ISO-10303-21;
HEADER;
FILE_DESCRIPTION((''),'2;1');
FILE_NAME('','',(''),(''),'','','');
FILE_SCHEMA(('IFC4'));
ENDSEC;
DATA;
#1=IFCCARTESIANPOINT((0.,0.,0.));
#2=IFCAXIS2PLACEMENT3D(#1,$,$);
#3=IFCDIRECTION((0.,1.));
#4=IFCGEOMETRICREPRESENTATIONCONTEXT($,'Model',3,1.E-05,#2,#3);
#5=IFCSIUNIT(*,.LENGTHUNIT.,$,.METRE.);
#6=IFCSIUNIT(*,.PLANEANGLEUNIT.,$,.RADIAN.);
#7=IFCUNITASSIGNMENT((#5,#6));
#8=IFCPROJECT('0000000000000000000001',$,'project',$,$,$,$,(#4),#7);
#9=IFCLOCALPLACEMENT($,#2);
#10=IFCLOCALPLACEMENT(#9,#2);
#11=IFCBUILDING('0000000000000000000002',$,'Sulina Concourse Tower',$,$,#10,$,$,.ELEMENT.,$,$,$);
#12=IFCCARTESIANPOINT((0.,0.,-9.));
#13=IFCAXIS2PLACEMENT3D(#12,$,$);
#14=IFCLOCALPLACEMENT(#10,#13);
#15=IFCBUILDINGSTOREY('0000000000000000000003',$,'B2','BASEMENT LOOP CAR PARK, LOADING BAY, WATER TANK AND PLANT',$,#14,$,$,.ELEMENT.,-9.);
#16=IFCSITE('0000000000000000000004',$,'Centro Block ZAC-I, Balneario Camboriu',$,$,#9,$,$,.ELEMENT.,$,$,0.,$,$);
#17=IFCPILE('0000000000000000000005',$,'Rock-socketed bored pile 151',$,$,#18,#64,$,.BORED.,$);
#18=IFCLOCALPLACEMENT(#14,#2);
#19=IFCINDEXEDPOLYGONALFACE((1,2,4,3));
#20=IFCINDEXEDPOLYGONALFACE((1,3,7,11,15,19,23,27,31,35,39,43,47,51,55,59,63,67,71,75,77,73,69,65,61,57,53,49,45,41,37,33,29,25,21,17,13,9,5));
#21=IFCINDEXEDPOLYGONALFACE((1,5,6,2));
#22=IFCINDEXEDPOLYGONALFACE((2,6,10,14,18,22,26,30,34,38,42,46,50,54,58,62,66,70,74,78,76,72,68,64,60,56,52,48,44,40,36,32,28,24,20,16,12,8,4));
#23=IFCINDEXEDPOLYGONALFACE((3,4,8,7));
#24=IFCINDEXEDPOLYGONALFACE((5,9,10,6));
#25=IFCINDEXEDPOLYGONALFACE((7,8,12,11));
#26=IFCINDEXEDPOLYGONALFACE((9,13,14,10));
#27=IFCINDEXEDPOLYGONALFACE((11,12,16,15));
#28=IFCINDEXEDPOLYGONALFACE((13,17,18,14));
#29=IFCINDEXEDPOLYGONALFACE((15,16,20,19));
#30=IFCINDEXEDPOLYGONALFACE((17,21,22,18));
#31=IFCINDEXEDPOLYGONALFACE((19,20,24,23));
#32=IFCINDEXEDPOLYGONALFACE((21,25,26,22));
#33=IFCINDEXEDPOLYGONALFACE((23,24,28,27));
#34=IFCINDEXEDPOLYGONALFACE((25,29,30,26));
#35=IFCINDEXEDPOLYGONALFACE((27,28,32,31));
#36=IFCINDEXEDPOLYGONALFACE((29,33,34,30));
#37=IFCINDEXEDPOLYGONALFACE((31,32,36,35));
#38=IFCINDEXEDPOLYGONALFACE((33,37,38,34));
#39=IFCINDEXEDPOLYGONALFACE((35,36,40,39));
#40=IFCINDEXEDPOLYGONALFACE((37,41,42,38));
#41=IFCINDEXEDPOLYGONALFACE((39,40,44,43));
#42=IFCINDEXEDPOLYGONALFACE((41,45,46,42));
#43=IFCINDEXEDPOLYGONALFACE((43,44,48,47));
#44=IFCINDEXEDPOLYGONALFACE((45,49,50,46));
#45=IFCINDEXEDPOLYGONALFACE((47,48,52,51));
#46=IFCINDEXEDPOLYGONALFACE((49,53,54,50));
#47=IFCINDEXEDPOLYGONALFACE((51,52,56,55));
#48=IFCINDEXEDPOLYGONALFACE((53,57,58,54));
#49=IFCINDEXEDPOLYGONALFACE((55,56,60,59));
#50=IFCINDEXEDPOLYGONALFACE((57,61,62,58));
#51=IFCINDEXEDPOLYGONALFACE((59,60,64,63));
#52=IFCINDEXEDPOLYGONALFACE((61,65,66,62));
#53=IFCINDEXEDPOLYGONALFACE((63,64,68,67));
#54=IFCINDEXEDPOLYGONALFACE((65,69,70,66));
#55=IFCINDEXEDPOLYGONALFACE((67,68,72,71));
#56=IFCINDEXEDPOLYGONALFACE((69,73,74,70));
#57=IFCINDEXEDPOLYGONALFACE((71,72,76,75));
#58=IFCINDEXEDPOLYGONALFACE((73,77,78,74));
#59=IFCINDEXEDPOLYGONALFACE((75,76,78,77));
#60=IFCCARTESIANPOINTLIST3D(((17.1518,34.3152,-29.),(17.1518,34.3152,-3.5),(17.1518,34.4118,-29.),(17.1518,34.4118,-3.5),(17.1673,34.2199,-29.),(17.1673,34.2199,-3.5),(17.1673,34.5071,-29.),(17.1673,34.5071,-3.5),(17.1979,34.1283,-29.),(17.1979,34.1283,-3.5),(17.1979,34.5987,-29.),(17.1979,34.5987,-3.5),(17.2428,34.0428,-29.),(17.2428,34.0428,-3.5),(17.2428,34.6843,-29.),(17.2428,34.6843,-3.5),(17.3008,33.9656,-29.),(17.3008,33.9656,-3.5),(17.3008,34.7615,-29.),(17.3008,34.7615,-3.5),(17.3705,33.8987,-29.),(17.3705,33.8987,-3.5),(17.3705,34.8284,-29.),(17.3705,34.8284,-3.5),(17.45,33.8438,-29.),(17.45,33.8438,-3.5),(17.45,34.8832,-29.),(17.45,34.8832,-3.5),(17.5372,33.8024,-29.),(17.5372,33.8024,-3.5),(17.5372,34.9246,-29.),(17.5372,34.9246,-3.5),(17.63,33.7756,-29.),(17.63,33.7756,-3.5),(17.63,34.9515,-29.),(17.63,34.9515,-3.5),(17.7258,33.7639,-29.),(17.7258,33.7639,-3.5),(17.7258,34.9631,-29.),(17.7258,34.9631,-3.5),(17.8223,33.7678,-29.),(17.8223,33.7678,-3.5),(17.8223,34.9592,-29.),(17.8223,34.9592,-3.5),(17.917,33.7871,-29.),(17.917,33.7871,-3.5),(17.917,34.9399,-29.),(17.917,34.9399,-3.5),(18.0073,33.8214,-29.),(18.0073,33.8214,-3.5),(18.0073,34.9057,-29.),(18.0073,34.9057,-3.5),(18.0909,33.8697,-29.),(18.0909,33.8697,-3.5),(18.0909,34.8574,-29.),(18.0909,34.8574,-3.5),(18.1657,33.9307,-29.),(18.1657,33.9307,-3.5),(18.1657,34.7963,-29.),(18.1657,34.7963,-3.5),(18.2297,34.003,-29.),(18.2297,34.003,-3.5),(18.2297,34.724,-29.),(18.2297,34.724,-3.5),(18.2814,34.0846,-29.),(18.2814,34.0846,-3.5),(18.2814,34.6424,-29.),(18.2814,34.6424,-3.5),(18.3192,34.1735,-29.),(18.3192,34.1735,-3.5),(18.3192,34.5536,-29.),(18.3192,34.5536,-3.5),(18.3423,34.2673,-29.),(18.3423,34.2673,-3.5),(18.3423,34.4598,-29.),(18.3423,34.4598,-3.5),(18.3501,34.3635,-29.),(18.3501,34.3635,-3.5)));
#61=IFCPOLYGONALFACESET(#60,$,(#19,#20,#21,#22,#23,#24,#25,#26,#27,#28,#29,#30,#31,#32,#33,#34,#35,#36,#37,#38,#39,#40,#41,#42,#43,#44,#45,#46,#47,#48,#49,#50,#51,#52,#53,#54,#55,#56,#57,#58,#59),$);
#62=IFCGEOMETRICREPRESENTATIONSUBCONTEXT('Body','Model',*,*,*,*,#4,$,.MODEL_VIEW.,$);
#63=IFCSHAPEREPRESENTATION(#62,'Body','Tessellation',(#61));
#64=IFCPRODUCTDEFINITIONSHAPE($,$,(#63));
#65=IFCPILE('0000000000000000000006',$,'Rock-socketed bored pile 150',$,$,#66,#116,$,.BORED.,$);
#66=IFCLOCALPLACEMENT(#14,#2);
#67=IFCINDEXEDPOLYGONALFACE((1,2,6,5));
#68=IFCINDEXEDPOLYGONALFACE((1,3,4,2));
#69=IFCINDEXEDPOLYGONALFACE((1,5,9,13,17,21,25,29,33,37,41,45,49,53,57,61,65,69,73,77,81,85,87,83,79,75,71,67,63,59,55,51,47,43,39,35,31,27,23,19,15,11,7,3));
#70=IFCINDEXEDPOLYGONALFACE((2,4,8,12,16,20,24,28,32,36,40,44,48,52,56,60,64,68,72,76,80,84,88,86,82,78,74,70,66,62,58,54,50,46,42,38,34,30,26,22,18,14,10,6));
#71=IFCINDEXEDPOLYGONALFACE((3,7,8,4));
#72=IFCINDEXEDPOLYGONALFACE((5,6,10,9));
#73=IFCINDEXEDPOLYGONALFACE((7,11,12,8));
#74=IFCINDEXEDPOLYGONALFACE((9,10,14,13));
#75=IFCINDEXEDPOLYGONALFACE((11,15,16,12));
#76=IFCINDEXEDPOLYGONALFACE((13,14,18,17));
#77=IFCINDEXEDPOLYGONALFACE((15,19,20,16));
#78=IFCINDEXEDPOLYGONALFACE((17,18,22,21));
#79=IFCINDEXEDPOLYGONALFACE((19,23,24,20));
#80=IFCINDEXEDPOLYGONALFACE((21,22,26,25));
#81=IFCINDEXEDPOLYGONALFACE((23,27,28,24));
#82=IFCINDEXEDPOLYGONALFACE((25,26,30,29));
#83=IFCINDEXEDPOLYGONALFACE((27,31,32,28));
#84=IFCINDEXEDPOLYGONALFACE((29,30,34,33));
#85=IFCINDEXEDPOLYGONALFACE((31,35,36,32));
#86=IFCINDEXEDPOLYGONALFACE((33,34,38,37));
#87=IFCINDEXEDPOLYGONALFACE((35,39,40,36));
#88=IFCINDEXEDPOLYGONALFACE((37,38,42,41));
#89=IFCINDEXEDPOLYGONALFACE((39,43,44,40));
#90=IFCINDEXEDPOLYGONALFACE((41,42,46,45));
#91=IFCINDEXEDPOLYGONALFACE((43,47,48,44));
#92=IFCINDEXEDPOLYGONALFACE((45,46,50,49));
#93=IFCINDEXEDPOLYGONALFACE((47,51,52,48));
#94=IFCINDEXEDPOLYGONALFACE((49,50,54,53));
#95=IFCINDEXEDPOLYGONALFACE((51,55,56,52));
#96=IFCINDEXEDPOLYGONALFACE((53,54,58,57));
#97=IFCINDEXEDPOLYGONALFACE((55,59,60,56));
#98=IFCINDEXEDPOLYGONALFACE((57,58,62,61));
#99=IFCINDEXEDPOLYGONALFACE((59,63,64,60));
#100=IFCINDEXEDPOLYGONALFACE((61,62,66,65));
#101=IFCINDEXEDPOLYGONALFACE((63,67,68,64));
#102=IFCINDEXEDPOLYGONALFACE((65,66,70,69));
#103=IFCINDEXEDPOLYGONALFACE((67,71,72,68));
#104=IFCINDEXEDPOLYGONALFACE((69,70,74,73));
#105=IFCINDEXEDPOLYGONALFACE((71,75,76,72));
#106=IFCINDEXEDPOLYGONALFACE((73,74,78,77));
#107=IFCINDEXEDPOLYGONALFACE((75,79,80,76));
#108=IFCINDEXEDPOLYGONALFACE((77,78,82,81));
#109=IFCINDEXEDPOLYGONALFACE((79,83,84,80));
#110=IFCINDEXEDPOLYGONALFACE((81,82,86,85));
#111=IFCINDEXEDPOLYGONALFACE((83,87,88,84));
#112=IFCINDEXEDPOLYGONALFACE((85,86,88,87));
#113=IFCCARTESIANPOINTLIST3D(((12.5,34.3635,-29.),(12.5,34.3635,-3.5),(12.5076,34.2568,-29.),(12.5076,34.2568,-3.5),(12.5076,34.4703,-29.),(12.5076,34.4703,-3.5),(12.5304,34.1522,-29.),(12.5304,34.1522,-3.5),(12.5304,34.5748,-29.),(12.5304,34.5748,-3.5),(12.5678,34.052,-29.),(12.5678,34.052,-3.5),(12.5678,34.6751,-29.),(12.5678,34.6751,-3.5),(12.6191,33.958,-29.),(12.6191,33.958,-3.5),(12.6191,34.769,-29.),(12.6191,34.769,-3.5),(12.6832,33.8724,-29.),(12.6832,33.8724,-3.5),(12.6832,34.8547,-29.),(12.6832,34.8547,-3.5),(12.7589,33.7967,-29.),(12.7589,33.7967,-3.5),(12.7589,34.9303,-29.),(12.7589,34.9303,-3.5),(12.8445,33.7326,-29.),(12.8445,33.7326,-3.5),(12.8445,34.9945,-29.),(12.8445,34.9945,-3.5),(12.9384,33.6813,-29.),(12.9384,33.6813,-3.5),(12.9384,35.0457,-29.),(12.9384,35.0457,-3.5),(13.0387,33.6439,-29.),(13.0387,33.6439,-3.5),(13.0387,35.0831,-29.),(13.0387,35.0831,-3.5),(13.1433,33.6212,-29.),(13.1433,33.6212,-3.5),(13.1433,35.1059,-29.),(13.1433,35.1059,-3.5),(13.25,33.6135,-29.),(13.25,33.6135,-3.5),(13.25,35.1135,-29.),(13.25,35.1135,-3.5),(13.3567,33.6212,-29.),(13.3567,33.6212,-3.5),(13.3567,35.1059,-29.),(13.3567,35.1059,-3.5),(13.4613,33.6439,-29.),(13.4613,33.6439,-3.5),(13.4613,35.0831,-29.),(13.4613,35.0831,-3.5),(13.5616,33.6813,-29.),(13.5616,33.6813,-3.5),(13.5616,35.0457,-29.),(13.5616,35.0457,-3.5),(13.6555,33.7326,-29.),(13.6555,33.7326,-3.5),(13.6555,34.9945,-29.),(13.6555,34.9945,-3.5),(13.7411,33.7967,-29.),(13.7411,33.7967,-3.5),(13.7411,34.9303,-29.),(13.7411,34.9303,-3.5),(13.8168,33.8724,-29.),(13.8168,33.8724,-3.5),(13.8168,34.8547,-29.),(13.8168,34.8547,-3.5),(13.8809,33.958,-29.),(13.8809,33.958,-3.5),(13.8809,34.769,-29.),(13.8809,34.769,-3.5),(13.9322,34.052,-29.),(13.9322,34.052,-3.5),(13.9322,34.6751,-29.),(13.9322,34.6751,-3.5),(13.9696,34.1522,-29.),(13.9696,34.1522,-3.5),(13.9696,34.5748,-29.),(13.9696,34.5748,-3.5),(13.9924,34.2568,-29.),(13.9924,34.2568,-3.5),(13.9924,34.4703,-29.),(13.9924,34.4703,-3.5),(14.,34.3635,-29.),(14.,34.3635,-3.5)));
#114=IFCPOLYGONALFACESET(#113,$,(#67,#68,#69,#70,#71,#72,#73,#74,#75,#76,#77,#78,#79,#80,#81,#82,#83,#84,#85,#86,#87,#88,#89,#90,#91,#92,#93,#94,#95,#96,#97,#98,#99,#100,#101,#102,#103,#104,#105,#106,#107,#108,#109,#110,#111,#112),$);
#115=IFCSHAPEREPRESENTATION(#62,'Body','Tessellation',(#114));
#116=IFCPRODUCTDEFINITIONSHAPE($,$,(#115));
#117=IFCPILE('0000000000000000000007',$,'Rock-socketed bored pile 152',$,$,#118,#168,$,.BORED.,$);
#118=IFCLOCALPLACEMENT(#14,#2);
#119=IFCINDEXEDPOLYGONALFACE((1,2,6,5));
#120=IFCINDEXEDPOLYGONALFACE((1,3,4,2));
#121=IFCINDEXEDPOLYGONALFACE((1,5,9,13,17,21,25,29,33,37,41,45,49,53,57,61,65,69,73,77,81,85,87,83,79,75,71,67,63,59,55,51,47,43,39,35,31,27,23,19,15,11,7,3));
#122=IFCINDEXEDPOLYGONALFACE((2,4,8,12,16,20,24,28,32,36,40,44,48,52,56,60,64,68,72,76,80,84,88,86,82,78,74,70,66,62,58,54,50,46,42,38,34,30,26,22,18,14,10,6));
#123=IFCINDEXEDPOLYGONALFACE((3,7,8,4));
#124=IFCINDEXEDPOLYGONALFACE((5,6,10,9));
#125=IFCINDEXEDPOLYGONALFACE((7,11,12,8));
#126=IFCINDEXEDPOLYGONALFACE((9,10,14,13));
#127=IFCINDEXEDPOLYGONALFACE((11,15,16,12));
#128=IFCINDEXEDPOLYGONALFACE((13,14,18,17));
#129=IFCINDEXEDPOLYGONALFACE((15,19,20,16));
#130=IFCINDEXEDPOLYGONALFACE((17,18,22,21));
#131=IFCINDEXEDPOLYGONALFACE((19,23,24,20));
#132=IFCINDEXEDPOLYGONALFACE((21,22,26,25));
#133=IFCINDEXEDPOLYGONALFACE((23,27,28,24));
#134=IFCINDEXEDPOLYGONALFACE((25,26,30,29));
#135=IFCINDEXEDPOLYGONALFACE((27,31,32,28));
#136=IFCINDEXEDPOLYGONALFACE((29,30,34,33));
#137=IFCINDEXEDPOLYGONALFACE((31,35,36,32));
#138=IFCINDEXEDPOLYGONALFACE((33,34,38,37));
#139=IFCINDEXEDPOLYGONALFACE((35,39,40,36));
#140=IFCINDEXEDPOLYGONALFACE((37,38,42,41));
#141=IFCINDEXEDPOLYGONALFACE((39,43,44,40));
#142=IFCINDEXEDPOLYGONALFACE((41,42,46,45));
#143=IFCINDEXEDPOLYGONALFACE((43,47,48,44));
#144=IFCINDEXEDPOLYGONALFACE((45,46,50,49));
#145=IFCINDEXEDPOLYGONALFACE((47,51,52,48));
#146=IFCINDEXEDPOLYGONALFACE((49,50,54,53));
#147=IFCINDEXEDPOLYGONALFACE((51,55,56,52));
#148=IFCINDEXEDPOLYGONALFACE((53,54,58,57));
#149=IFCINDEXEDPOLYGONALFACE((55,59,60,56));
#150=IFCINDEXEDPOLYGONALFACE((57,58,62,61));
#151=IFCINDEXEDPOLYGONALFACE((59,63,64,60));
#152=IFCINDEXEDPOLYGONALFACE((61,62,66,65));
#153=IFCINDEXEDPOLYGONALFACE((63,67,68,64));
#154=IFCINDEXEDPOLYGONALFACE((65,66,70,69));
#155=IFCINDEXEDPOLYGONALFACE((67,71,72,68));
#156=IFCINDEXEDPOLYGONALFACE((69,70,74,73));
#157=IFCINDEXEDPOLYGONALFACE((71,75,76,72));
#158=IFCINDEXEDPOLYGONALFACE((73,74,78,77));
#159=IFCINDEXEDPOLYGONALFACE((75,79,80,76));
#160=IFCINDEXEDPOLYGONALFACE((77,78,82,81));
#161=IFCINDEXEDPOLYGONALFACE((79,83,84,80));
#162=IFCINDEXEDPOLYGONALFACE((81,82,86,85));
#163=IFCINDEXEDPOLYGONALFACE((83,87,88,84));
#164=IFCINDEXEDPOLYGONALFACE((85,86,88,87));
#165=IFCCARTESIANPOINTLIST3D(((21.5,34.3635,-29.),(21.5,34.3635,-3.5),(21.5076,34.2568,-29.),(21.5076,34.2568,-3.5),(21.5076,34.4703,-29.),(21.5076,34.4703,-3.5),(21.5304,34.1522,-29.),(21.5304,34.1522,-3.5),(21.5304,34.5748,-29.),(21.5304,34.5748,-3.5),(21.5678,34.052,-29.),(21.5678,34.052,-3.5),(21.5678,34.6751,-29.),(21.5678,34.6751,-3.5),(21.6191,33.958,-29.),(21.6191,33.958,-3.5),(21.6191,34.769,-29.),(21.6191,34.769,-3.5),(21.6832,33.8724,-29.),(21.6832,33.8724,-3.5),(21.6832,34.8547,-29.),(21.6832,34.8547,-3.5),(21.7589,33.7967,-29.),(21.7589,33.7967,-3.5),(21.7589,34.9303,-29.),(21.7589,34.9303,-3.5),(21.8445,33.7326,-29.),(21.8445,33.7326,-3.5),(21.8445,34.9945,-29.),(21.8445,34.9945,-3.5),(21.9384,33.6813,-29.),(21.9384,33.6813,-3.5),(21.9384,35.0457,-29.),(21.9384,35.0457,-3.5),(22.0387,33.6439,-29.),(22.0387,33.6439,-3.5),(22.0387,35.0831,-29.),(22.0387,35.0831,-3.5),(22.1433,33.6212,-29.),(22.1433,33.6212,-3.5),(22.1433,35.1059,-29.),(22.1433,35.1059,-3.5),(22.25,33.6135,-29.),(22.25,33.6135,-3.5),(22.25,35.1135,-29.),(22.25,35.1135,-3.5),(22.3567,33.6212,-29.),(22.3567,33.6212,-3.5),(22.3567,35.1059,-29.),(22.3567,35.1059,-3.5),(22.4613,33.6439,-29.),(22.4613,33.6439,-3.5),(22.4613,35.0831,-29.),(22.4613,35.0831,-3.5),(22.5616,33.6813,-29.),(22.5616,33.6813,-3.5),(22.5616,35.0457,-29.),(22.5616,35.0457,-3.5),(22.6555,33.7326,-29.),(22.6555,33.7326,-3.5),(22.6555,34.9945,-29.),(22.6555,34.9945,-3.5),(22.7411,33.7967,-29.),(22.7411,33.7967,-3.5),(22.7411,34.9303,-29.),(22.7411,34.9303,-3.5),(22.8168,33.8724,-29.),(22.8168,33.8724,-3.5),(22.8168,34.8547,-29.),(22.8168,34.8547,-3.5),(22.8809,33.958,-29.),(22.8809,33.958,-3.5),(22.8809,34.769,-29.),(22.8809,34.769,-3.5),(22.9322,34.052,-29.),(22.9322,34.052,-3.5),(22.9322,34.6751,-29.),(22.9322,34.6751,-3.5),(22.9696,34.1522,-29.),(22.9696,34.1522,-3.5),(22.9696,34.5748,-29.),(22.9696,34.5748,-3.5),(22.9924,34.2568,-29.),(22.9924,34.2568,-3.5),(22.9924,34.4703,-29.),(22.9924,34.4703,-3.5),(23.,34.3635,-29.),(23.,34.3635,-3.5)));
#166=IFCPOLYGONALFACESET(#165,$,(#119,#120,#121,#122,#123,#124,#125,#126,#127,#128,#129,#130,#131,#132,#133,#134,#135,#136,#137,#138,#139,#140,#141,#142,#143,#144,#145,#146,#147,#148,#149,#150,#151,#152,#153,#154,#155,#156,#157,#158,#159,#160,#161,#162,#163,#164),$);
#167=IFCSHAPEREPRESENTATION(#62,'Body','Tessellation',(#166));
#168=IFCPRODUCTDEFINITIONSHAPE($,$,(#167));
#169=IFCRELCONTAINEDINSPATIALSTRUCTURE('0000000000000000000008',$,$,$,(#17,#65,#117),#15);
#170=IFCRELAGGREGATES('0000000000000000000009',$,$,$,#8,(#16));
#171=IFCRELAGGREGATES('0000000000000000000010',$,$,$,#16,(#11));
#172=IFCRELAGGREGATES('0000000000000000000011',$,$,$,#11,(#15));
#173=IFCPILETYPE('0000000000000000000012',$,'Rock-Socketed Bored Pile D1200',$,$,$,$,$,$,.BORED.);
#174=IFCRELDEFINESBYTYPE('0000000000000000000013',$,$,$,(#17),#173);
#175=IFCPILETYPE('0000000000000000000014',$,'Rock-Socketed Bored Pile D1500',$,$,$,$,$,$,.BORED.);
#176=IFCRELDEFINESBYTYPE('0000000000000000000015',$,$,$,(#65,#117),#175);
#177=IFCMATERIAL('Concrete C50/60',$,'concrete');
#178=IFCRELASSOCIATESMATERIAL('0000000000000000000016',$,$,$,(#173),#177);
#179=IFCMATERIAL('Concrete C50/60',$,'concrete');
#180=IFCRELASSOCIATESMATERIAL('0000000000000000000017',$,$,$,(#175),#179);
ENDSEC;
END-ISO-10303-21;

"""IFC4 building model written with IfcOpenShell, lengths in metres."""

from ifc_helpers import new_model, si_unit, direction, frame, origin, origin_2d, place, context, subcontext, project, spatial, circle, extrude, material, material_profile, profile_set, type_object, element, save


model = new_model("IFC4")

# Units and contexts
model_context = context("Model", 3, precision=1e-05, world=origin(), true_north=direction((0.0, 1.0)))
body_context = subcontext(model_context, "Body", "Model", "MODEL_VIEW")
ifc_project = project(units=[si_unit("LENGTHUNIT", "METRE"), si_unit("PLANEANGLEUNIT", "RADIAN")], contexts=[model_context])

# Site, building, storey
site_placement = place(None, origin())
site = spatial("IfcSite", under=ifc_project, at=site_placement, Name="Centro Block ZAC-I, Balneario Camboriu", CompositionType="ELEMENT", RefElevation=0.0)
building_placement = place(site_placement, origin())
building = spatial("IfcBuilding", under=site, at=building_placement, Name="Sulina Concourse Tower", CompositionType="ELEMENT")
storey_placement = place(building_placement, frame((0.0, 0.0, -9.0)))
storey = spatial("IfcBuildingStorey", under=building, at=storey_placement, Name="B2", Description="BASEMENT LOOP CAR PARK, LOADING BAY, WATER TANK AND PLANT", CompositionType="ELEMENT", Elevation=-9.0)

# Piles
ifc_material_1 = material(Name="Concrete C50/60", Category="concrete")
ifc_material_profile_1 = material_profile(ifc_material_1, circle(Radius=0.6001, at=origin_2d()), Name="PILE D1200")
ifc_profile_set_1 = profile_set([ifc_material_profile_1], Name="Concrete C50/60")
pile_type_1 = type_object("IfcPileType", Name="Rock-Socketed Bored Pile D1200", PredefinedType="BORED", material=ifc_profile_set_1)
for number, where, z_axis, x_axis, name in (
    (1, (17.75, 34.3635, -3.5), (0.0, 0.0, -1.0), (1.0, 0.0, 0.0), "Rock-socketed bored pile 151"),
):
    element("IfcPile", number, at=place(storey_placement, frame(where, z_axis=z_axis, x_axis=x_axis)), inside=storey, type_object=pile_type_1, Name=name, PredefinedType="BORED", context=body_context, shape_type="SweptSolid", body=[
        extrude(circle(Radius=0.6001, at=origin_2d()), origin(), (0.0, 0.0, 1.0), 25.5),
    ])
ifc_material_2 = material(Name="Concrete C50/60", Category="concrete")
ifc_material_profile_2 = material_profile(ifc_material_2, circle(Radius=0.75, at=origin_2d()), Name="PILE D1500")
ifc_profile_set_2 = profile_set([ifc_material_profile_2], Name="Concrete C50/60")
pile_type_2 = type_object("IfcPileType", Name="Rock-Socketed Bored Pile D1500", PredefinedType="BORED", material=ifc_profile_set_2)
for number, where, z_axis, x_axis, name in (
    (2, (13.25, 34.3635, -3.5), (0.0, 0.0, -1.0), (1.0, 0.0, 0.0), "Rock-socketed bored pile 150"),
    (3, (22.25, 34.3635, -3.5), (0.0, 0.0, -1.0), (1.0, 0.0, 0.0), "Rock-socketed bored pile 152"),
):
    element("IfcPile", number, at=place(storey_placement, frame(where, z_axis=z_axis, x_axis=x_axis)), inside=storey, type_object=pile_type_2, Name=name, PredefinedType="BORED", context=body_context, shape_type="SweptSolid", body=[
        extrude(circle(Radius=0.75, at=origin_2d()), origin(), (0.0, 0.0, 1.0), 25.5),
    ])

save(model, "model.ifc")
